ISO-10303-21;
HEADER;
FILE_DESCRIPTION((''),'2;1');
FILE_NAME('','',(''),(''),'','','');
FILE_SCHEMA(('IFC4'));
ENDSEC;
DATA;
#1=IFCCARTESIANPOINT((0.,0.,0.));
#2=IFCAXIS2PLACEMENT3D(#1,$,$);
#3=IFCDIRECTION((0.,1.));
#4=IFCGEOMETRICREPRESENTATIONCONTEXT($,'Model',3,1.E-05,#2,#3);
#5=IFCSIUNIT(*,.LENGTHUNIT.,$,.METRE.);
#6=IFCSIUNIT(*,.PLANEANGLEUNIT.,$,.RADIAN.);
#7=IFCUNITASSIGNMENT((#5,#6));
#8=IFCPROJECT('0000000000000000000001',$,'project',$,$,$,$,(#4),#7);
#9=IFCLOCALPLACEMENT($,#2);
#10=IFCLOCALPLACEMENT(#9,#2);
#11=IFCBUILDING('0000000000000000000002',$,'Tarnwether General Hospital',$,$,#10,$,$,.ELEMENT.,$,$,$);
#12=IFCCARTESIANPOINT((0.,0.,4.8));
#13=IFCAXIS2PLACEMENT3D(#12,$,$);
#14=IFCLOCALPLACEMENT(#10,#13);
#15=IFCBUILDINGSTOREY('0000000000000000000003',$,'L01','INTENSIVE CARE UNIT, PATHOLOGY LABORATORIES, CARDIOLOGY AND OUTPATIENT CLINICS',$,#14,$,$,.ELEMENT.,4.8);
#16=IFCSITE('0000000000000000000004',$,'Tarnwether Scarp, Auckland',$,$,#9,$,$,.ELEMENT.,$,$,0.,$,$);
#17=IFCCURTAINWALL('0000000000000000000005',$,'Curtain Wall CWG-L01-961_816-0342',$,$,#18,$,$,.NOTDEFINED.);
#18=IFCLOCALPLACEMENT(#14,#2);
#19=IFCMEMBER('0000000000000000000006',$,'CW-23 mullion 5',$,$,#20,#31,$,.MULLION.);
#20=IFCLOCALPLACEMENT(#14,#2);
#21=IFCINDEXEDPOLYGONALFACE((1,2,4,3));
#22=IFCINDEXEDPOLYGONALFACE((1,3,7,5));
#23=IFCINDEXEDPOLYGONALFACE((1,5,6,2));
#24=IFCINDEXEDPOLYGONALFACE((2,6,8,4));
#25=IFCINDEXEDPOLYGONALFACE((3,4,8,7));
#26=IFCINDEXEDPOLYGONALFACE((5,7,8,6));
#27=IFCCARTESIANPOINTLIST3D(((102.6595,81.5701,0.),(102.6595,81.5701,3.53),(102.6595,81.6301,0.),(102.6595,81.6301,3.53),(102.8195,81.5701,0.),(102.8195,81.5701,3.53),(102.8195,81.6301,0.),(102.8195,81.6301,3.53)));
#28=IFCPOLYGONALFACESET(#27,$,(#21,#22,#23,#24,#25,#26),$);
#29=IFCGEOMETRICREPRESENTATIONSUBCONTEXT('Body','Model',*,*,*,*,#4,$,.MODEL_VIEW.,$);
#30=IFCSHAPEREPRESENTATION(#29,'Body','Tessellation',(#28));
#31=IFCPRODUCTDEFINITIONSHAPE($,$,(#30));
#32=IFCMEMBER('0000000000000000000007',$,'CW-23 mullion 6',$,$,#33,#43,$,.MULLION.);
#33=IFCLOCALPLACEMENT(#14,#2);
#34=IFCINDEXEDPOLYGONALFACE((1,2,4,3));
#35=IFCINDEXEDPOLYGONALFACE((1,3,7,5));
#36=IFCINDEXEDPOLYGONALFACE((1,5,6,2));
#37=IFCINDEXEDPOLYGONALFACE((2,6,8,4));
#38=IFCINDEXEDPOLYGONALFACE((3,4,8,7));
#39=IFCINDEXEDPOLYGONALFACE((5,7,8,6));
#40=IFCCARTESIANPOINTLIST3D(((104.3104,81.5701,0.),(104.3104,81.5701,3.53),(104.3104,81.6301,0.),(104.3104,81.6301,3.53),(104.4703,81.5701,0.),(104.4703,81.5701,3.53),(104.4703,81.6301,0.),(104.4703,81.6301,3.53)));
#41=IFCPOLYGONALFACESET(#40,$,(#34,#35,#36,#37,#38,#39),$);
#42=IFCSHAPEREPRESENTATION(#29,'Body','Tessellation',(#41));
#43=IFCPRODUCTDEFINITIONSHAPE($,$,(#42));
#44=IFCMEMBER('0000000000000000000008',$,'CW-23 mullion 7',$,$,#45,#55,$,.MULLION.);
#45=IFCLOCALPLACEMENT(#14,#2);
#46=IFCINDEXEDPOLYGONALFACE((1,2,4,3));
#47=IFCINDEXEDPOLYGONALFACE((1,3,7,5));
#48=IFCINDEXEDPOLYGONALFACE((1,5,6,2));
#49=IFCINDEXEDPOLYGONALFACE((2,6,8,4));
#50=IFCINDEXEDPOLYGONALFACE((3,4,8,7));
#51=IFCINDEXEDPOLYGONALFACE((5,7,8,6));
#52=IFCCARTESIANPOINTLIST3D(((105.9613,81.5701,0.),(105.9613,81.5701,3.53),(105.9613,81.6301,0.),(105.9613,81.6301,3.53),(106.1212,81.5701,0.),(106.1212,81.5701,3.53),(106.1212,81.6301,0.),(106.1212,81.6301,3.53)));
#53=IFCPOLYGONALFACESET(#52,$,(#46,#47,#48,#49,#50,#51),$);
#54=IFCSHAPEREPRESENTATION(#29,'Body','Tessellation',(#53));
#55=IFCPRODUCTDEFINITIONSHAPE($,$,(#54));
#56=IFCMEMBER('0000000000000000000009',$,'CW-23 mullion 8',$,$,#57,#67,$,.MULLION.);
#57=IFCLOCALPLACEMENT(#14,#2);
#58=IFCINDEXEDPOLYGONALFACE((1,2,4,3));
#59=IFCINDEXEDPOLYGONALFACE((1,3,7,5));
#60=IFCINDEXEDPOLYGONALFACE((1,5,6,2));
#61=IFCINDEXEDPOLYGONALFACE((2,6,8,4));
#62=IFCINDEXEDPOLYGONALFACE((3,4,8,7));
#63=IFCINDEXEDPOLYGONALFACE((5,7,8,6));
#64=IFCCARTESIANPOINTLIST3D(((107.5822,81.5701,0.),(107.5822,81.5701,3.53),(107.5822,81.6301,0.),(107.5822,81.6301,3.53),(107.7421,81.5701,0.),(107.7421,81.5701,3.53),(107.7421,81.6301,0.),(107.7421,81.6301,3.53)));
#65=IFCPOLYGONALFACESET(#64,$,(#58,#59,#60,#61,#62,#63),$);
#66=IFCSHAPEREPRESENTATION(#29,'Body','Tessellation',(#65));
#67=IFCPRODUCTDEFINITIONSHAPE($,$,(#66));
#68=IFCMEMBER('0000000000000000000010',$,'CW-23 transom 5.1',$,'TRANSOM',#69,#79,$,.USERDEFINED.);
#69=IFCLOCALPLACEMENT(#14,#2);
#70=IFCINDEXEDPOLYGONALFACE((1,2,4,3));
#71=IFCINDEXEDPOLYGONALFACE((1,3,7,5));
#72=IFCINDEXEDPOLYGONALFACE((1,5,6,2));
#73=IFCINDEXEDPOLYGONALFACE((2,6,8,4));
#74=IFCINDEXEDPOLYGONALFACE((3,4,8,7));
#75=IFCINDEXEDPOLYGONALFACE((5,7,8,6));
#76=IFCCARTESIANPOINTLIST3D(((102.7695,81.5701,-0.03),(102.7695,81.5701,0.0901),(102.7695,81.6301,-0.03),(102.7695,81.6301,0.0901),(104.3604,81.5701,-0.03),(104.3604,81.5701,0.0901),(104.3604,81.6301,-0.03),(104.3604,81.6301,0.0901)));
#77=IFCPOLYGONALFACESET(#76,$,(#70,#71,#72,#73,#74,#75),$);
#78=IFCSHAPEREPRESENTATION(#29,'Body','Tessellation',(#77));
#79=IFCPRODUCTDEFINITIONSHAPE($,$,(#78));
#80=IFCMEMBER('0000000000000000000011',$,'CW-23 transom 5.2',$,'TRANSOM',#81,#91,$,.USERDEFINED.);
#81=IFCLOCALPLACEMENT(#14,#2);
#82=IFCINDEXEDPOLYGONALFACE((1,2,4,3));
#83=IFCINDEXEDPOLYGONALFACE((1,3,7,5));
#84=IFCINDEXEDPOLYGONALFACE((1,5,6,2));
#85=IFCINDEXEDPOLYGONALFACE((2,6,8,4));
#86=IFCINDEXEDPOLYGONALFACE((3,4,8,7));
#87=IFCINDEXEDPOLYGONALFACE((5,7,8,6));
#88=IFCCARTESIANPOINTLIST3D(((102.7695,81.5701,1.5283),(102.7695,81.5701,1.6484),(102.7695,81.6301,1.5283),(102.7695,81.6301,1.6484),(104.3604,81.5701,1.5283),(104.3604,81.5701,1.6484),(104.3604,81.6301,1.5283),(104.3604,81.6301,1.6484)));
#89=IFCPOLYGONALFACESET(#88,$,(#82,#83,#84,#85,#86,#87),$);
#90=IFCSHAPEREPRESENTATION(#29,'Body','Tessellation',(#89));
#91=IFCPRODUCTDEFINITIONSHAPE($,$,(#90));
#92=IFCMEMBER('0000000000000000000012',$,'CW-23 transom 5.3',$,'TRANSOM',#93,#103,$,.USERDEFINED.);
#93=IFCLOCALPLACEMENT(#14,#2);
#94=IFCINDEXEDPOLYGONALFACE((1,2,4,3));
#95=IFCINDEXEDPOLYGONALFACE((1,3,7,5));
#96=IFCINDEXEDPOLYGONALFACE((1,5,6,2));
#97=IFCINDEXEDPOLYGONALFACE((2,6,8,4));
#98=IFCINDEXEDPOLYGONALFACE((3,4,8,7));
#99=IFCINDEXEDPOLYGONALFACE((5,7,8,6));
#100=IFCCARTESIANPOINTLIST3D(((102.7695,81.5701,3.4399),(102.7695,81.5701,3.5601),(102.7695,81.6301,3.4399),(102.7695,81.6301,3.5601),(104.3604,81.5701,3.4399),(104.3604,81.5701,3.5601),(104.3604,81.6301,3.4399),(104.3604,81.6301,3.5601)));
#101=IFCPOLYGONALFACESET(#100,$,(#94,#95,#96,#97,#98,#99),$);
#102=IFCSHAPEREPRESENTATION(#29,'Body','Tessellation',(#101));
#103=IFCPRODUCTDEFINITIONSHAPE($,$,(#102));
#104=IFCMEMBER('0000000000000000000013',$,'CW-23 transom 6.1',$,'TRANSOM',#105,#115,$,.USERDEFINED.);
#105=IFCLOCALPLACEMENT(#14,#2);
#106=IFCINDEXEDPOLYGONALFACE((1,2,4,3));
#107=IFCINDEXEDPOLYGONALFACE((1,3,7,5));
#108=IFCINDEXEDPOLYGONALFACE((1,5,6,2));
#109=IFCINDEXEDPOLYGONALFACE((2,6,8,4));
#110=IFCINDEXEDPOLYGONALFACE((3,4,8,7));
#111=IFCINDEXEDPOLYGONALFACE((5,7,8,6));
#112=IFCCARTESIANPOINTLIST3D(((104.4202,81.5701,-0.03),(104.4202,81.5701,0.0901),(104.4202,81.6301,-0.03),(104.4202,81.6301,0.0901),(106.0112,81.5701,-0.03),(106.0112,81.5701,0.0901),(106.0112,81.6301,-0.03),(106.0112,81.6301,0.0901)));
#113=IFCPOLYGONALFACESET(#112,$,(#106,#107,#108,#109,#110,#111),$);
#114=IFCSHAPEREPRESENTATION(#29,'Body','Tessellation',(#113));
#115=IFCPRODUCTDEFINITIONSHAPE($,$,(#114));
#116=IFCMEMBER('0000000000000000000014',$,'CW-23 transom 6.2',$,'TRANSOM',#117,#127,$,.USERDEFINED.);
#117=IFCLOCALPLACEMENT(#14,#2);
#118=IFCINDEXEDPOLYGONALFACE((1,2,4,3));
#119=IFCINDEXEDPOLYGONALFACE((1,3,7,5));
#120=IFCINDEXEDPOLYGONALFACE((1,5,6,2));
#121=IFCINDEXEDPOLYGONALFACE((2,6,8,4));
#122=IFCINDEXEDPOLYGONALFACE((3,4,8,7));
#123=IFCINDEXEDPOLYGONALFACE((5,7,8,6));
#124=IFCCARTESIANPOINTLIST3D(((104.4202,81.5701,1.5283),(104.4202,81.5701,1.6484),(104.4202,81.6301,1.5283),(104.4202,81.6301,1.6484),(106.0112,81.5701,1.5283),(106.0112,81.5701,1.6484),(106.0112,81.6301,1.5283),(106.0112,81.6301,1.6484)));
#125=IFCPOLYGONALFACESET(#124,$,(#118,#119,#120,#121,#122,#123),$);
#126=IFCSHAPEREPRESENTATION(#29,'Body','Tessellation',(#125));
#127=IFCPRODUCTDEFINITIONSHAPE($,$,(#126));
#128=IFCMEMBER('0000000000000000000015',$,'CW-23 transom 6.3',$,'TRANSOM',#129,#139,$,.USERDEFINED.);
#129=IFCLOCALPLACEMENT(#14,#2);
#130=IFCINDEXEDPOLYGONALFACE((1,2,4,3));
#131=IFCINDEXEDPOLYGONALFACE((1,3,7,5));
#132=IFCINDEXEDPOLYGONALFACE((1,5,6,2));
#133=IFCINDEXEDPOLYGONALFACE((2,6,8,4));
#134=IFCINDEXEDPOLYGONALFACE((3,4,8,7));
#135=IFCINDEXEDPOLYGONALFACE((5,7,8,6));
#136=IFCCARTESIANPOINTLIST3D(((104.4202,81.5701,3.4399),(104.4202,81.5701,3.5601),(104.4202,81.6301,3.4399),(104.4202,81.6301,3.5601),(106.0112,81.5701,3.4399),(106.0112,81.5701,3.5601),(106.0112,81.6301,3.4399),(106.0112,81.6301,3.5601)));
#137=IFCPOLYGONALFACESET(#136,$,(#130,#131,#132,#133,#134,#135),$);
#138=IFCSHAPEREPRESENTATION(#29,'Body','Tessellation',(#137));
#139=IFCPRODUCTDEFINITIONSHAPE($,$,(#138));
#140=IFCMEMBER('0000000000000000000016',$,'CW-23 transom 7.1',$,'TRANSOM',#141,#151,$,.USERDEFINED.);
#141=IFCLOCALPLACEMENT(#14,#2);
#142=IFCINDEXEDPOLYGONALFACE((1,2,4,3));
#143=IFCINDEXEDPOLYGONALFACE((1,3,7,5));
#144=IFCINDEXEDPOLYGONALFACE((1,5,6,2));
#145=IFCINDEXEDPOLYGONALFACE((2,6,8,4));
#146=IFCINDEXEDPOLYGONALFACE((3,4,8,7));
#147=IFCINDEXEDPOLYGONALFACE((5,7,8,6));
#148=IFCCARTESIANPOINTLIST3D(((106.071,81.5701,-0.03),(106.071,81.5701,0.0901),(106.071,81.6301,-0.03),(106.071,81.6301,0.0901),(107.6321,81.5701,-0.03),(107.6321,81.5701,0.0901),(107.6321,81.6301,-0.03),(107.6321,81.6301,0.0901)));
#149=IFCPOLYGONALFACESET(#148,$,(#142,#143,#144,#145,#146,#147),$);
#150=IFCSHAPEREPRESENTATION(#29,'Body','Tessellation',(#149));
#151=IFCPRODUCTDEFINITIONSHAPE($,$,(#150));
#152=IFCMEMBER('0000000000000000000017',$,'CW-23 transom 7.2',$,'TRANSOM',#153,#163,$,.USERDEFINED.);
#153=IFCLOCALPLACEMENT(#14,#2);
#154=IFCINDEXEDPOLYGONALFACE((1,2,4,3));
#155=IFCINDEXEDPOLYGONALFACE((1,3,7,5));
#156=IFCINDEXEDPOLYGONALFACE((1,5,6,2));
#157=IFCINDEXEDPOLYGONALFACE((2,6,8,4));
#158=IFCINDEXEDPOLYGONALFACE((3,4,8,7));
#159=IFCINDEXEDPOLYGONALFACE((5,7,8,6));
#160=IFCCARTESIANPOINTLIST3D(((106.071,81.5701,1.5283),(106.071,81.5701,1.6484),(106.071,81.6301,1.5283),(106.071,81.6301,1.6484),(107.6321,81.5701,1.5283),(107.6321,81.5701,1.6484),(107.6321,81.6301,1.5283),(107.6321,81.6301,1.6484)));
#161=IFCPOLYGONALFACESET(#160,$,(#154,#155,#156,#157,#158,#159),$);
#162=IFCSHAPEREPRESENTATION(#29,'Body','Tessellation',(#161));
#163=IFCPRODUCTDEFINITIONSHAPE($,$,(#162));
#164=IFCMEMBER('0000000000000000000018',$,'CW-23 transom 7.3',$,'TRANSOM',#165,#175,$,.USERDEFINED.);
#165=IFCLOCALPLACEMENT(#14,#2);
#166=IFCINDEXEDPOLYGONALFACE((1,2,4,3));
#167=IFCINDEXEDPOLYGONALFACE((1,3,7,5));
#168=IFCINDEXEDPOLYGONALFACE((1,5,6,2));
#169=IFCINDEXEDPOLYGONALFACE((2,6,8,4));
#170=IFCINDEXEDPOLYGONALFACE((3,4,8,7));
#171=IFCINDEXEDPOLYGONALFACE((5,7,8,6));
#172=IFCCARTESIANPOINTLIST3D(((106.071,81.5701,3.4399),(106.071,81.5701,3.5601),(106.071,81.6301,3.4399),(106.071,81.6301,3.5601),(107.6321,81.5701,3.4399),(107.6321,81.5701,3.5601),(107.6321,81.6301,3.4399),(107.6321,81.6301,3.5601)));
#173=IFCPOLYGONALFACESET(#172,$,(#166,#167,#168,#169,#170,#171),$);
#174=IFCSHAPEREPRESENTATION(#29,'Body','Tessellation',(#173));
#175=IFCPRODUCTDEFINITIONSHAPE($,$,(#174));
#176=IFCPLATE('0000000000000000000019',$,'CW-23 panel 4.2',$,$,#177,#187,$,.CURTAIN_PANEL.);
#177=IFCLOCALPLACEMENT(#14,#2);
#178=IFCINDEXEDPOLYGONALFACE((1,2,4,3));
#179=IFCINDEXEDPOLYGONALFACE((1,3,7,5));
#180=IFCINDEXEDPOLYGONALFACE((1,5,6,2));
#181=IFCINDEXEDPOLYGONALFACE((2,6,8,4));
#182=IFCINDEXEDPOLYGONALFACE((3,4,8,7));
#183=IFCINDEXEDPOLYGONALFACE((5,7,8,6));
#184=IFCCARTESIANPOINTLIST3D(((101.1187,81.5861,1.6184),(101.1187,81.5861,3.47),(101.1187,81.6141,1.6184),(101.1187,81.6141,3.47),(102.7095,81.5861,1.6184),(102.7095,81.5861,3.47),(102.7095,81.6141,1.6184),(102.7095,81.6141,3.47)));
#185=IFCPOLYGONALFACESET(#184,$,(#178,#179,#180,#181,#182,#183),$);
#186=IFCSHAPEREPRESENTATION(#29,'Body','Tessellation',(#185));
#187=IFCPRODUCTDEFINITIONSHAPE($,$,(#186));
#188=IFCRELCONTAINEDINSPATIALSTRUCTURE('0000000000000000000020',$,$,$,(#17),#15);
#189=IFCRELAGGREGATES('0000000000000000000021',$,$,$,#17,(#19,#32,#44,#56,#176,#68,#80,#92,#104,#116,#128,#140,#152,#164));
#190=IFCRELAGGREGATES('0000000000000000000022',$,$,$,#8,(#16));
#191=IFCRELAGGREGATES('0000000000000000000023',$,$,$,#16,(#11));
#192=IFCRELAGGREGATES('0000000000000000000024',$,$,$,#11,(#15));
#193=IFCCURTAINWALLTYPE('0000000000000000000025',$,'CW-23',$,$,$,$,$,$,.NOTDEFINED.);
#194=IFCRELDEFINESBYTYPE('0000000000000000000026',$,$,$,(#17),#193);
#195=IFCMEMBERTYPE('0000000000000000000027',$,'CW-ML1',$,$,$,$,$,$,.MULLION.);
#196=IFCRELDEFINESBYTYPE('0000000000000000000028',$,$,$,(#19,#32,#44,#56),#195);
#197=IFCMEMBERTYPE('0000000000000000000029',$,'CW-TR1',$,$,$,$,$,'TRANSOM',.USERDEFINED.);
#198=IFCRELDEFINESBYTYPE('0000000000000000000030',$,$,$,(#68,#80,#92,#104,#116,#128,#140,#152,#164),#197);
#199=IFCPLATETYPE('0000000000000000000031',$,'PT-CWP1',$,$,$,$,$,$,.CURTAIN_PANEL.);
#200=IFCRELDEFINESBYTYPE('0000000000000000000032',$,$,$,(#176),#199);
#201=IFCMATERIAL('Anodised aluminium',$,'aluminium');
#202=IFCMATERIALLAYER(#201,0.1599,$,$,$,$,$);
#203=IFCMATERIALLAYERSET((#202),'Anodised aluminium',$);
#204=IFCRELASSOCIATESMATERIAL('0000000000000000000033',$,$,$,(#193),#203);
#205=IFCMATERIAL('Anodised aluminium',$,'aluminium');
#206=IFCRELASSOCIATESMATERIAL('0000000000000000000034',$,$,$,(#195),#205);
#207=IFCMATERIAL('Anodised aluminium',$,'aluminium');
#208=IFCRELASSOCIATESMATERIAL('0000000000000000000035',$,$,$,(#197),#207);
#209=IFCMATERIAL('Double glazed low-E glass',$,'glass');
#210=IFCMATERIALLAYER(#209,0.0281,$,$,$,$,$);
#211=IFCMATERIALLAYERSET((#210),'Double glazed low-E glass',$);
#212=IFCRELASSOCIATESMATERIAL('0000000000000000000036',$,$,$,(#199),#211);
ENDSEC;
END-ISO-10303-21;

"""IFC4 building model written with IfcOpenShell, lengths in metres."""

from ifc_helpers import new_model, si_unit, direction, frame, origin, origin_2d, place, context, subcontext, project, spatial, rectangle, extrude, material, layer, layer_set, material_profile, profile_set, type_object, element, aggregate, save


model = new_model("IFC4")

# Units and contexts
model_context = context("Model", 3, precision=1e-05, world=origin(), true_north=direction((0.0, 1.0)))
body_context = subcontext(model_context, "Body", "Model", "MODEL_VIEW")
ifc_project = project(units=[si_unit("LENGTHUNIT", "METRE"), si_unit("PLANEANGLEUNIT", "RADIAN")], contexts=[model_context])

# Site, building, storey
site_placement = place(None, origin())
site = spatial("IfcSite", under=ifc_project, at=site_placement, Name="Tarnwether Scarp, Auckland", CompositionType="ELEMENT", RefElevation=0.0)
building_placement = place(site_placement, origin())
building = spatial("IfcBuilding", under=site, at=building_placement, Name="Tarnwether General Hospital", CompositionType="ELEMENT")
storey_placement = place(building_placement, frame((0.0, 0.0, 4.8)))
storey = spatial("IfcBuildingStorey", under=building, at=storey_placement, Name="L01", Description="INTENSIVE CARE UNIT, PATHOLOGY LABORATORIES, CARDIOLOGY AND OUTPATIENT CLINICS", CompositionType="ELEMENT", Elevation=4.8)

# Curtain wall, members, plate
ifc_material_1 = material(Name="Anodised aluminium", Category="aluminium")
ifc_layer_1 = layer(ifc_material_1, 0.1599)
ifc_layer_set_1 = layer_set([ifc_layer_1], Name="Anodised aluminium")
curtain_wall_type = type_object("IfcCurtainWallType", Name="CW-23", PredefinedType="NOTDEFINED", material=ifc_layer_set_1)
curtain_wall_placement = place(storey_placement, origin())
curtain_wall = element("IfcCurtainWall", 1, at=curtain_wall_placement, inside=storey, type_object=curtain_wall_type, Name="Curtain Wall CWG-L01-961_816-0342", PredefinedType="NOTDEFINED")
ifc_material_2 = material(Name="Anodised aluminium", Category="aluminium")
ifc_material_profile_1 = material_profile(ifc_material_2, rectangle(XDim=0.0601, YDim=0.1599, at=origin_2d()), Name="ALU-MUL-60x160")
ifc_profile_set_1 = profile_set([ifc_material_profile_1], Name="Anodised aluminium")
member_type_1 = type_object("IfcMemberType", Name="CW-ML1", PredefinedType="MULLION", material=ifc_profile_set_1)
member_1_placement = place(storey_placement, frame((102.7395, 81.6001, 0.0), z_axis=(0.0, 0.0, 1.0), x_axis=(0.0, 1.0, 0.0)))
member_1 = element("IfcMember", 2, at=member_1_placement, type_object=member_type_1, Name="CW-23 mullion 5", PredefinedType="MULLION", context=body_context, shape_type="SweptSolid", body=[
    extrude(rectangle(XDim=0.0601, YDim=0.1599, at=origin_2d()), origin(), (0.0, 0.0, 1.0), 3.53),
])
member_2_placement = place(storey_placement, frame((104.3904, 81.6001, 0.0), z_axis=(0.0, 0.0, 1.0), x_axis=(0.0, 1.0, 0.0)))
member_2 = element("IfcMember", 3, at=member_2_placement, type_object=member_type_1, Name="CW-23 mullion 6", PredefinedType="MULLION", context=body_context, shape_type="SweptSolid", body=[
    extrude(rectangle(XDim=0.0601, YDim=0.1599, at=origin_2d()), origin(), (0.0, 0.0, 1.0), 3.53),
])
member_3_placement = place(storey_placement, frame((106.0413, 81.6001, 0.0), z_axis=(0.0, 0.0, 1.0), x_axis=(0.0, 1.0, 0.0)))
member_3 = element("IfcMember", 4, at=member_3_placement, type_object=member_type_1, Name="CW-23 mullion 7", PredefinedType="MULLION", context=body_context, shape_type="SweptSolid", body=[
    extrude(rectangle(XDim=0.0601, YDim=0.1599, at=origin_2d()), origin(), (0.0, 0.0, 1.0), 3.53),
])
member_4_placement = place(storey_placement, frame((107.6621, 81.6001, 0.0), z_axis=(0.0, 0.0, 1.0), x_axis=(0.0, 1.0, 0.0)))
member_4 = element("IfcMember", 5, at=member_4_placement, type_object=member_type_1, Name="CW-23 mullion 8", PredefinedType="MULLION", context=body_context, shape_type="SweptSolid", body=[
    extrude(rectangle(XDim=0.0601, YDim=0.1599, at=origin_2d()), origin(), (0.0, 0.0, 1.0), 3.53),
])
ifc_material_3 = material(Name="Anodised aluminium", Category="aluminium")
ifc_material_profile_2 = material_profile(ifc_material_3, rectangle(XDim=0.0601, YDim=0.1201, at=origin_2d()), Name="ALU-TRN-60x120")
ifc_profile_set_2 = profile_set([ifc_material_profile_2], Name="Anodised aluminium")
member_type_2 = type_object("IfcMemberType", Name="CW-TR1", ElementType="TRANSOM", PredefinedType="USERDEFINED", material=ifc_profile_set_2)
member_5_placement = place(storey_placement, frame((102.7695, 81.6001, 0.03), z_axis=(1.0, 0.0, 0.0), x_axis=(0.0, 1.0, 0.0)))
member_5 = element("IfcMember", 6, at=member_5_placement, type_object=member_type_2, Name="CW-23 transom 5.1", ObjectType="TRANSOM", PredefinedType="USERDEFINED", context=body_context, shape_type="SweptSolid", body=[
    extrude(rectangle(XDim=0.0601, YDim=0.1201, at=origin_2d()), origin(), (0.0, 0.0, 1.0), 1.5908),
])
member_6_placement = place(storey_placement, frame((102.7695, 81.6001, 1.5884), z_axis=(1.0, 0.0, 0.0), x_axis=(0.0, 1.0, 0.0)))
member_6 = element("IfcMember", 7, at=member_6_placement, type_object=member_type_2, Name="CW-23 transom 5.2", ObjectType="TRANSOM", PredefinedType="USERDEFINED", context=body_context, shape_type="SweptSolid", body=[
    extrude(rectangle(XDim=0.0601, YDim=0.1201, at=origin_2d()), origin(), (0.0, 0.0, 1.0), 1.5908),
])
member_7_placement = place(storey_placement, frame((102.7695, 81.6001, 3.5), z_axis=(1.0, 0.0, 0.0), x_axis=(0.0, 1.0, 0.0)))
member_7 = element("IfcMember", 8, at=member_7_placement, type_object=member_type_2, Name="CW-23 transom 5.3", ObjectType="TRANSOM", PredefinedType="USERDEFINED", context=body_context, shape_type="SweptSolid", body=[
    extrude(rectangle(XDim=0.0601, YDim=0.1201, at=origin_2d()), origin(), (0.0, 0.0, 1.0), 1.5908),
])
member_8_placement = place(storey_placement, frame((104.4202, 81.6001, 0.03), z_axis=(1.0, 0.0, 0.0), x_axis=(0.0, 1.0, 0.0)))
member_8 = element("IfcMember", 9, at=member_8_placement, type_object=member_type_2, Name="CW-23 transom 6.1", ObjectType="TRANSOM", PredefinedType="USERDEFINED", context=body_context, shape_type="SweptSolid", body=[
    extrude(rectangle(XDim=0.0601, YDim=0.1201, at=origin_2d()), origin(), (0.0, 0.0, 1.0), 1.5911),
])
member_9_placement = place(storey_placement, frame((104.4202, 81.6001, 1.5884), z_axis=(1.0, 0.0, 0.0), x_axis=(0.0, 1.0, 0.0)))
member_9 = element("IfcMember", 10, at=member_9_placement, type_object=member_type_2, Name="CW-23 transom 6.2", ObjectType="TRANSOM", PredefinedType="USERDEFINED", context=body_context, shape_type="SweptSolid", body=[
    extrude(rectangle(XDim=0.0601, YDim=0.1201, at=origin_2d()), origin(), (0.0, 0.0, 1.0), 1.5911),
])
member_10_placement = place(storey_placement, frame((104.4202, 81.6001, 3.5), z_axis=(1.0, 0.0, 0.0), x_axis=(0.0, 1.0, 0.0)))
member_10 = element("IfcMember", 11, at=member_10_placement, type_object=member_type_2, Name="CW-23 transom 6.3", ObjectType="TRANSOM", PredefinedType="USERDEFINED", context=body_context, shape_type="SweptSolid", body=[
    extrude(rectangle(XDim=0.0601, YDim=0.1201, at=origin_2d()), origin(), (0.0, 0.0, 1.0), 1.5911),
])
member_11_placement = place(storey_placement, frame((106.071, 81.6001, 0.03), z_axis=(1.0, 0.0, 0.0), x_axis=(0.0, 1.0, 0.0)))
member_11 = element("IfcMember", 12, at=member_11_placement, type_object=member_type_2, Name="CW-23 transom 7.1", ObjectType="TRANSOM", PredefinedType="USERDEFINED", context=body_context, shape_type="SweptSolid", body=[
    extrude(rectangle(XDim=0.0601, YDim=0.1201, at=origin_2d()), origin(), (0.0, 0.0, 1.0), 1.561),
])
member_12_placement = place(storey_placement, frame((106.071, 81.6001, 1.5884), z_axis=(1.0, 0.0, 0.0), x_axis=(0.0, 1.0, 0.0)))
member_12 = element("IfcMember", 13, at=member_12_placement, type_object=member_type_2, Name="CW-23 transom 7.2", ObjectType="TRANSOM", PredefinedType="USERDEFINED", context=body_context, shape_type="SweptSolid", body=[
    extrude(rectangle(XDim=0.0601, YDim=0.1201, at=origin_2d()), origin(), (0.0, 0.0, 1.0), 1.561),
])
member_13_placement = place(storey_placement, frame((106.071, 81.6001, 3.5), z_axis=(1.0, 0.0, 0.0), x_axis=(0.0, 1.0, 0.0)))
member_13 = element("IfcMember", 14, at=member_13_placement, type_object=member_type_2, Name="CW-23 transom 7.3", ObjectType="TRANSOM", PredefinedType="USERDEFINED", context=body_context, shape_type="SweptSolid", body=[
    extrude(rectangle(XDim=0.0601, YDim=0.1201, at=origin_2d()), origin(), (0.0, 0.0, 1.0), 1.561),
])
ifc_material_4 = material(Name="Double glazed low-E glass", Category="glass")
ifc_layer_2 = layer(ifc_material_4, 0.0281)
ifc_layer_set_2 = layer_set([ifc_layer_2], Name="Double glazed low-E glass")
plate_type_1 = type_object("IfcPlateType", Name="PT-CWP1", PredefinedType="CURTAIN_PANEL", material=ifc_layer_set_2)
plate_1_placement = place(storey_placement, frame((101.9141, 81.6001, 1.6184), z_axis=(0.0, 0.0, 1.0), x_axis=(1.0, 0.0, 0.0)))
plate_1 = element("IfcPlate", 15, at=plate_1_placement, type_object=plate_type_1, Name="CW-23 panel 4.2", PredefinedType="CURTAIN_PANEL", context=body_context, shape_type="SweptSolid", body=[
    extrude(rectangle(XDim=1.5908, YDim=0.0281, at=origin_2d()), origin(), (0.0, 0.0, 1.0), 1.8516),
])
aggregate(curtain_wall, [member_1, member_2, member_3, member_4, plate_1, member_5, member_6, member_7, member_8, member_9, member_10, member_11, member_12, member_13])

save(model, "model.ifc")
